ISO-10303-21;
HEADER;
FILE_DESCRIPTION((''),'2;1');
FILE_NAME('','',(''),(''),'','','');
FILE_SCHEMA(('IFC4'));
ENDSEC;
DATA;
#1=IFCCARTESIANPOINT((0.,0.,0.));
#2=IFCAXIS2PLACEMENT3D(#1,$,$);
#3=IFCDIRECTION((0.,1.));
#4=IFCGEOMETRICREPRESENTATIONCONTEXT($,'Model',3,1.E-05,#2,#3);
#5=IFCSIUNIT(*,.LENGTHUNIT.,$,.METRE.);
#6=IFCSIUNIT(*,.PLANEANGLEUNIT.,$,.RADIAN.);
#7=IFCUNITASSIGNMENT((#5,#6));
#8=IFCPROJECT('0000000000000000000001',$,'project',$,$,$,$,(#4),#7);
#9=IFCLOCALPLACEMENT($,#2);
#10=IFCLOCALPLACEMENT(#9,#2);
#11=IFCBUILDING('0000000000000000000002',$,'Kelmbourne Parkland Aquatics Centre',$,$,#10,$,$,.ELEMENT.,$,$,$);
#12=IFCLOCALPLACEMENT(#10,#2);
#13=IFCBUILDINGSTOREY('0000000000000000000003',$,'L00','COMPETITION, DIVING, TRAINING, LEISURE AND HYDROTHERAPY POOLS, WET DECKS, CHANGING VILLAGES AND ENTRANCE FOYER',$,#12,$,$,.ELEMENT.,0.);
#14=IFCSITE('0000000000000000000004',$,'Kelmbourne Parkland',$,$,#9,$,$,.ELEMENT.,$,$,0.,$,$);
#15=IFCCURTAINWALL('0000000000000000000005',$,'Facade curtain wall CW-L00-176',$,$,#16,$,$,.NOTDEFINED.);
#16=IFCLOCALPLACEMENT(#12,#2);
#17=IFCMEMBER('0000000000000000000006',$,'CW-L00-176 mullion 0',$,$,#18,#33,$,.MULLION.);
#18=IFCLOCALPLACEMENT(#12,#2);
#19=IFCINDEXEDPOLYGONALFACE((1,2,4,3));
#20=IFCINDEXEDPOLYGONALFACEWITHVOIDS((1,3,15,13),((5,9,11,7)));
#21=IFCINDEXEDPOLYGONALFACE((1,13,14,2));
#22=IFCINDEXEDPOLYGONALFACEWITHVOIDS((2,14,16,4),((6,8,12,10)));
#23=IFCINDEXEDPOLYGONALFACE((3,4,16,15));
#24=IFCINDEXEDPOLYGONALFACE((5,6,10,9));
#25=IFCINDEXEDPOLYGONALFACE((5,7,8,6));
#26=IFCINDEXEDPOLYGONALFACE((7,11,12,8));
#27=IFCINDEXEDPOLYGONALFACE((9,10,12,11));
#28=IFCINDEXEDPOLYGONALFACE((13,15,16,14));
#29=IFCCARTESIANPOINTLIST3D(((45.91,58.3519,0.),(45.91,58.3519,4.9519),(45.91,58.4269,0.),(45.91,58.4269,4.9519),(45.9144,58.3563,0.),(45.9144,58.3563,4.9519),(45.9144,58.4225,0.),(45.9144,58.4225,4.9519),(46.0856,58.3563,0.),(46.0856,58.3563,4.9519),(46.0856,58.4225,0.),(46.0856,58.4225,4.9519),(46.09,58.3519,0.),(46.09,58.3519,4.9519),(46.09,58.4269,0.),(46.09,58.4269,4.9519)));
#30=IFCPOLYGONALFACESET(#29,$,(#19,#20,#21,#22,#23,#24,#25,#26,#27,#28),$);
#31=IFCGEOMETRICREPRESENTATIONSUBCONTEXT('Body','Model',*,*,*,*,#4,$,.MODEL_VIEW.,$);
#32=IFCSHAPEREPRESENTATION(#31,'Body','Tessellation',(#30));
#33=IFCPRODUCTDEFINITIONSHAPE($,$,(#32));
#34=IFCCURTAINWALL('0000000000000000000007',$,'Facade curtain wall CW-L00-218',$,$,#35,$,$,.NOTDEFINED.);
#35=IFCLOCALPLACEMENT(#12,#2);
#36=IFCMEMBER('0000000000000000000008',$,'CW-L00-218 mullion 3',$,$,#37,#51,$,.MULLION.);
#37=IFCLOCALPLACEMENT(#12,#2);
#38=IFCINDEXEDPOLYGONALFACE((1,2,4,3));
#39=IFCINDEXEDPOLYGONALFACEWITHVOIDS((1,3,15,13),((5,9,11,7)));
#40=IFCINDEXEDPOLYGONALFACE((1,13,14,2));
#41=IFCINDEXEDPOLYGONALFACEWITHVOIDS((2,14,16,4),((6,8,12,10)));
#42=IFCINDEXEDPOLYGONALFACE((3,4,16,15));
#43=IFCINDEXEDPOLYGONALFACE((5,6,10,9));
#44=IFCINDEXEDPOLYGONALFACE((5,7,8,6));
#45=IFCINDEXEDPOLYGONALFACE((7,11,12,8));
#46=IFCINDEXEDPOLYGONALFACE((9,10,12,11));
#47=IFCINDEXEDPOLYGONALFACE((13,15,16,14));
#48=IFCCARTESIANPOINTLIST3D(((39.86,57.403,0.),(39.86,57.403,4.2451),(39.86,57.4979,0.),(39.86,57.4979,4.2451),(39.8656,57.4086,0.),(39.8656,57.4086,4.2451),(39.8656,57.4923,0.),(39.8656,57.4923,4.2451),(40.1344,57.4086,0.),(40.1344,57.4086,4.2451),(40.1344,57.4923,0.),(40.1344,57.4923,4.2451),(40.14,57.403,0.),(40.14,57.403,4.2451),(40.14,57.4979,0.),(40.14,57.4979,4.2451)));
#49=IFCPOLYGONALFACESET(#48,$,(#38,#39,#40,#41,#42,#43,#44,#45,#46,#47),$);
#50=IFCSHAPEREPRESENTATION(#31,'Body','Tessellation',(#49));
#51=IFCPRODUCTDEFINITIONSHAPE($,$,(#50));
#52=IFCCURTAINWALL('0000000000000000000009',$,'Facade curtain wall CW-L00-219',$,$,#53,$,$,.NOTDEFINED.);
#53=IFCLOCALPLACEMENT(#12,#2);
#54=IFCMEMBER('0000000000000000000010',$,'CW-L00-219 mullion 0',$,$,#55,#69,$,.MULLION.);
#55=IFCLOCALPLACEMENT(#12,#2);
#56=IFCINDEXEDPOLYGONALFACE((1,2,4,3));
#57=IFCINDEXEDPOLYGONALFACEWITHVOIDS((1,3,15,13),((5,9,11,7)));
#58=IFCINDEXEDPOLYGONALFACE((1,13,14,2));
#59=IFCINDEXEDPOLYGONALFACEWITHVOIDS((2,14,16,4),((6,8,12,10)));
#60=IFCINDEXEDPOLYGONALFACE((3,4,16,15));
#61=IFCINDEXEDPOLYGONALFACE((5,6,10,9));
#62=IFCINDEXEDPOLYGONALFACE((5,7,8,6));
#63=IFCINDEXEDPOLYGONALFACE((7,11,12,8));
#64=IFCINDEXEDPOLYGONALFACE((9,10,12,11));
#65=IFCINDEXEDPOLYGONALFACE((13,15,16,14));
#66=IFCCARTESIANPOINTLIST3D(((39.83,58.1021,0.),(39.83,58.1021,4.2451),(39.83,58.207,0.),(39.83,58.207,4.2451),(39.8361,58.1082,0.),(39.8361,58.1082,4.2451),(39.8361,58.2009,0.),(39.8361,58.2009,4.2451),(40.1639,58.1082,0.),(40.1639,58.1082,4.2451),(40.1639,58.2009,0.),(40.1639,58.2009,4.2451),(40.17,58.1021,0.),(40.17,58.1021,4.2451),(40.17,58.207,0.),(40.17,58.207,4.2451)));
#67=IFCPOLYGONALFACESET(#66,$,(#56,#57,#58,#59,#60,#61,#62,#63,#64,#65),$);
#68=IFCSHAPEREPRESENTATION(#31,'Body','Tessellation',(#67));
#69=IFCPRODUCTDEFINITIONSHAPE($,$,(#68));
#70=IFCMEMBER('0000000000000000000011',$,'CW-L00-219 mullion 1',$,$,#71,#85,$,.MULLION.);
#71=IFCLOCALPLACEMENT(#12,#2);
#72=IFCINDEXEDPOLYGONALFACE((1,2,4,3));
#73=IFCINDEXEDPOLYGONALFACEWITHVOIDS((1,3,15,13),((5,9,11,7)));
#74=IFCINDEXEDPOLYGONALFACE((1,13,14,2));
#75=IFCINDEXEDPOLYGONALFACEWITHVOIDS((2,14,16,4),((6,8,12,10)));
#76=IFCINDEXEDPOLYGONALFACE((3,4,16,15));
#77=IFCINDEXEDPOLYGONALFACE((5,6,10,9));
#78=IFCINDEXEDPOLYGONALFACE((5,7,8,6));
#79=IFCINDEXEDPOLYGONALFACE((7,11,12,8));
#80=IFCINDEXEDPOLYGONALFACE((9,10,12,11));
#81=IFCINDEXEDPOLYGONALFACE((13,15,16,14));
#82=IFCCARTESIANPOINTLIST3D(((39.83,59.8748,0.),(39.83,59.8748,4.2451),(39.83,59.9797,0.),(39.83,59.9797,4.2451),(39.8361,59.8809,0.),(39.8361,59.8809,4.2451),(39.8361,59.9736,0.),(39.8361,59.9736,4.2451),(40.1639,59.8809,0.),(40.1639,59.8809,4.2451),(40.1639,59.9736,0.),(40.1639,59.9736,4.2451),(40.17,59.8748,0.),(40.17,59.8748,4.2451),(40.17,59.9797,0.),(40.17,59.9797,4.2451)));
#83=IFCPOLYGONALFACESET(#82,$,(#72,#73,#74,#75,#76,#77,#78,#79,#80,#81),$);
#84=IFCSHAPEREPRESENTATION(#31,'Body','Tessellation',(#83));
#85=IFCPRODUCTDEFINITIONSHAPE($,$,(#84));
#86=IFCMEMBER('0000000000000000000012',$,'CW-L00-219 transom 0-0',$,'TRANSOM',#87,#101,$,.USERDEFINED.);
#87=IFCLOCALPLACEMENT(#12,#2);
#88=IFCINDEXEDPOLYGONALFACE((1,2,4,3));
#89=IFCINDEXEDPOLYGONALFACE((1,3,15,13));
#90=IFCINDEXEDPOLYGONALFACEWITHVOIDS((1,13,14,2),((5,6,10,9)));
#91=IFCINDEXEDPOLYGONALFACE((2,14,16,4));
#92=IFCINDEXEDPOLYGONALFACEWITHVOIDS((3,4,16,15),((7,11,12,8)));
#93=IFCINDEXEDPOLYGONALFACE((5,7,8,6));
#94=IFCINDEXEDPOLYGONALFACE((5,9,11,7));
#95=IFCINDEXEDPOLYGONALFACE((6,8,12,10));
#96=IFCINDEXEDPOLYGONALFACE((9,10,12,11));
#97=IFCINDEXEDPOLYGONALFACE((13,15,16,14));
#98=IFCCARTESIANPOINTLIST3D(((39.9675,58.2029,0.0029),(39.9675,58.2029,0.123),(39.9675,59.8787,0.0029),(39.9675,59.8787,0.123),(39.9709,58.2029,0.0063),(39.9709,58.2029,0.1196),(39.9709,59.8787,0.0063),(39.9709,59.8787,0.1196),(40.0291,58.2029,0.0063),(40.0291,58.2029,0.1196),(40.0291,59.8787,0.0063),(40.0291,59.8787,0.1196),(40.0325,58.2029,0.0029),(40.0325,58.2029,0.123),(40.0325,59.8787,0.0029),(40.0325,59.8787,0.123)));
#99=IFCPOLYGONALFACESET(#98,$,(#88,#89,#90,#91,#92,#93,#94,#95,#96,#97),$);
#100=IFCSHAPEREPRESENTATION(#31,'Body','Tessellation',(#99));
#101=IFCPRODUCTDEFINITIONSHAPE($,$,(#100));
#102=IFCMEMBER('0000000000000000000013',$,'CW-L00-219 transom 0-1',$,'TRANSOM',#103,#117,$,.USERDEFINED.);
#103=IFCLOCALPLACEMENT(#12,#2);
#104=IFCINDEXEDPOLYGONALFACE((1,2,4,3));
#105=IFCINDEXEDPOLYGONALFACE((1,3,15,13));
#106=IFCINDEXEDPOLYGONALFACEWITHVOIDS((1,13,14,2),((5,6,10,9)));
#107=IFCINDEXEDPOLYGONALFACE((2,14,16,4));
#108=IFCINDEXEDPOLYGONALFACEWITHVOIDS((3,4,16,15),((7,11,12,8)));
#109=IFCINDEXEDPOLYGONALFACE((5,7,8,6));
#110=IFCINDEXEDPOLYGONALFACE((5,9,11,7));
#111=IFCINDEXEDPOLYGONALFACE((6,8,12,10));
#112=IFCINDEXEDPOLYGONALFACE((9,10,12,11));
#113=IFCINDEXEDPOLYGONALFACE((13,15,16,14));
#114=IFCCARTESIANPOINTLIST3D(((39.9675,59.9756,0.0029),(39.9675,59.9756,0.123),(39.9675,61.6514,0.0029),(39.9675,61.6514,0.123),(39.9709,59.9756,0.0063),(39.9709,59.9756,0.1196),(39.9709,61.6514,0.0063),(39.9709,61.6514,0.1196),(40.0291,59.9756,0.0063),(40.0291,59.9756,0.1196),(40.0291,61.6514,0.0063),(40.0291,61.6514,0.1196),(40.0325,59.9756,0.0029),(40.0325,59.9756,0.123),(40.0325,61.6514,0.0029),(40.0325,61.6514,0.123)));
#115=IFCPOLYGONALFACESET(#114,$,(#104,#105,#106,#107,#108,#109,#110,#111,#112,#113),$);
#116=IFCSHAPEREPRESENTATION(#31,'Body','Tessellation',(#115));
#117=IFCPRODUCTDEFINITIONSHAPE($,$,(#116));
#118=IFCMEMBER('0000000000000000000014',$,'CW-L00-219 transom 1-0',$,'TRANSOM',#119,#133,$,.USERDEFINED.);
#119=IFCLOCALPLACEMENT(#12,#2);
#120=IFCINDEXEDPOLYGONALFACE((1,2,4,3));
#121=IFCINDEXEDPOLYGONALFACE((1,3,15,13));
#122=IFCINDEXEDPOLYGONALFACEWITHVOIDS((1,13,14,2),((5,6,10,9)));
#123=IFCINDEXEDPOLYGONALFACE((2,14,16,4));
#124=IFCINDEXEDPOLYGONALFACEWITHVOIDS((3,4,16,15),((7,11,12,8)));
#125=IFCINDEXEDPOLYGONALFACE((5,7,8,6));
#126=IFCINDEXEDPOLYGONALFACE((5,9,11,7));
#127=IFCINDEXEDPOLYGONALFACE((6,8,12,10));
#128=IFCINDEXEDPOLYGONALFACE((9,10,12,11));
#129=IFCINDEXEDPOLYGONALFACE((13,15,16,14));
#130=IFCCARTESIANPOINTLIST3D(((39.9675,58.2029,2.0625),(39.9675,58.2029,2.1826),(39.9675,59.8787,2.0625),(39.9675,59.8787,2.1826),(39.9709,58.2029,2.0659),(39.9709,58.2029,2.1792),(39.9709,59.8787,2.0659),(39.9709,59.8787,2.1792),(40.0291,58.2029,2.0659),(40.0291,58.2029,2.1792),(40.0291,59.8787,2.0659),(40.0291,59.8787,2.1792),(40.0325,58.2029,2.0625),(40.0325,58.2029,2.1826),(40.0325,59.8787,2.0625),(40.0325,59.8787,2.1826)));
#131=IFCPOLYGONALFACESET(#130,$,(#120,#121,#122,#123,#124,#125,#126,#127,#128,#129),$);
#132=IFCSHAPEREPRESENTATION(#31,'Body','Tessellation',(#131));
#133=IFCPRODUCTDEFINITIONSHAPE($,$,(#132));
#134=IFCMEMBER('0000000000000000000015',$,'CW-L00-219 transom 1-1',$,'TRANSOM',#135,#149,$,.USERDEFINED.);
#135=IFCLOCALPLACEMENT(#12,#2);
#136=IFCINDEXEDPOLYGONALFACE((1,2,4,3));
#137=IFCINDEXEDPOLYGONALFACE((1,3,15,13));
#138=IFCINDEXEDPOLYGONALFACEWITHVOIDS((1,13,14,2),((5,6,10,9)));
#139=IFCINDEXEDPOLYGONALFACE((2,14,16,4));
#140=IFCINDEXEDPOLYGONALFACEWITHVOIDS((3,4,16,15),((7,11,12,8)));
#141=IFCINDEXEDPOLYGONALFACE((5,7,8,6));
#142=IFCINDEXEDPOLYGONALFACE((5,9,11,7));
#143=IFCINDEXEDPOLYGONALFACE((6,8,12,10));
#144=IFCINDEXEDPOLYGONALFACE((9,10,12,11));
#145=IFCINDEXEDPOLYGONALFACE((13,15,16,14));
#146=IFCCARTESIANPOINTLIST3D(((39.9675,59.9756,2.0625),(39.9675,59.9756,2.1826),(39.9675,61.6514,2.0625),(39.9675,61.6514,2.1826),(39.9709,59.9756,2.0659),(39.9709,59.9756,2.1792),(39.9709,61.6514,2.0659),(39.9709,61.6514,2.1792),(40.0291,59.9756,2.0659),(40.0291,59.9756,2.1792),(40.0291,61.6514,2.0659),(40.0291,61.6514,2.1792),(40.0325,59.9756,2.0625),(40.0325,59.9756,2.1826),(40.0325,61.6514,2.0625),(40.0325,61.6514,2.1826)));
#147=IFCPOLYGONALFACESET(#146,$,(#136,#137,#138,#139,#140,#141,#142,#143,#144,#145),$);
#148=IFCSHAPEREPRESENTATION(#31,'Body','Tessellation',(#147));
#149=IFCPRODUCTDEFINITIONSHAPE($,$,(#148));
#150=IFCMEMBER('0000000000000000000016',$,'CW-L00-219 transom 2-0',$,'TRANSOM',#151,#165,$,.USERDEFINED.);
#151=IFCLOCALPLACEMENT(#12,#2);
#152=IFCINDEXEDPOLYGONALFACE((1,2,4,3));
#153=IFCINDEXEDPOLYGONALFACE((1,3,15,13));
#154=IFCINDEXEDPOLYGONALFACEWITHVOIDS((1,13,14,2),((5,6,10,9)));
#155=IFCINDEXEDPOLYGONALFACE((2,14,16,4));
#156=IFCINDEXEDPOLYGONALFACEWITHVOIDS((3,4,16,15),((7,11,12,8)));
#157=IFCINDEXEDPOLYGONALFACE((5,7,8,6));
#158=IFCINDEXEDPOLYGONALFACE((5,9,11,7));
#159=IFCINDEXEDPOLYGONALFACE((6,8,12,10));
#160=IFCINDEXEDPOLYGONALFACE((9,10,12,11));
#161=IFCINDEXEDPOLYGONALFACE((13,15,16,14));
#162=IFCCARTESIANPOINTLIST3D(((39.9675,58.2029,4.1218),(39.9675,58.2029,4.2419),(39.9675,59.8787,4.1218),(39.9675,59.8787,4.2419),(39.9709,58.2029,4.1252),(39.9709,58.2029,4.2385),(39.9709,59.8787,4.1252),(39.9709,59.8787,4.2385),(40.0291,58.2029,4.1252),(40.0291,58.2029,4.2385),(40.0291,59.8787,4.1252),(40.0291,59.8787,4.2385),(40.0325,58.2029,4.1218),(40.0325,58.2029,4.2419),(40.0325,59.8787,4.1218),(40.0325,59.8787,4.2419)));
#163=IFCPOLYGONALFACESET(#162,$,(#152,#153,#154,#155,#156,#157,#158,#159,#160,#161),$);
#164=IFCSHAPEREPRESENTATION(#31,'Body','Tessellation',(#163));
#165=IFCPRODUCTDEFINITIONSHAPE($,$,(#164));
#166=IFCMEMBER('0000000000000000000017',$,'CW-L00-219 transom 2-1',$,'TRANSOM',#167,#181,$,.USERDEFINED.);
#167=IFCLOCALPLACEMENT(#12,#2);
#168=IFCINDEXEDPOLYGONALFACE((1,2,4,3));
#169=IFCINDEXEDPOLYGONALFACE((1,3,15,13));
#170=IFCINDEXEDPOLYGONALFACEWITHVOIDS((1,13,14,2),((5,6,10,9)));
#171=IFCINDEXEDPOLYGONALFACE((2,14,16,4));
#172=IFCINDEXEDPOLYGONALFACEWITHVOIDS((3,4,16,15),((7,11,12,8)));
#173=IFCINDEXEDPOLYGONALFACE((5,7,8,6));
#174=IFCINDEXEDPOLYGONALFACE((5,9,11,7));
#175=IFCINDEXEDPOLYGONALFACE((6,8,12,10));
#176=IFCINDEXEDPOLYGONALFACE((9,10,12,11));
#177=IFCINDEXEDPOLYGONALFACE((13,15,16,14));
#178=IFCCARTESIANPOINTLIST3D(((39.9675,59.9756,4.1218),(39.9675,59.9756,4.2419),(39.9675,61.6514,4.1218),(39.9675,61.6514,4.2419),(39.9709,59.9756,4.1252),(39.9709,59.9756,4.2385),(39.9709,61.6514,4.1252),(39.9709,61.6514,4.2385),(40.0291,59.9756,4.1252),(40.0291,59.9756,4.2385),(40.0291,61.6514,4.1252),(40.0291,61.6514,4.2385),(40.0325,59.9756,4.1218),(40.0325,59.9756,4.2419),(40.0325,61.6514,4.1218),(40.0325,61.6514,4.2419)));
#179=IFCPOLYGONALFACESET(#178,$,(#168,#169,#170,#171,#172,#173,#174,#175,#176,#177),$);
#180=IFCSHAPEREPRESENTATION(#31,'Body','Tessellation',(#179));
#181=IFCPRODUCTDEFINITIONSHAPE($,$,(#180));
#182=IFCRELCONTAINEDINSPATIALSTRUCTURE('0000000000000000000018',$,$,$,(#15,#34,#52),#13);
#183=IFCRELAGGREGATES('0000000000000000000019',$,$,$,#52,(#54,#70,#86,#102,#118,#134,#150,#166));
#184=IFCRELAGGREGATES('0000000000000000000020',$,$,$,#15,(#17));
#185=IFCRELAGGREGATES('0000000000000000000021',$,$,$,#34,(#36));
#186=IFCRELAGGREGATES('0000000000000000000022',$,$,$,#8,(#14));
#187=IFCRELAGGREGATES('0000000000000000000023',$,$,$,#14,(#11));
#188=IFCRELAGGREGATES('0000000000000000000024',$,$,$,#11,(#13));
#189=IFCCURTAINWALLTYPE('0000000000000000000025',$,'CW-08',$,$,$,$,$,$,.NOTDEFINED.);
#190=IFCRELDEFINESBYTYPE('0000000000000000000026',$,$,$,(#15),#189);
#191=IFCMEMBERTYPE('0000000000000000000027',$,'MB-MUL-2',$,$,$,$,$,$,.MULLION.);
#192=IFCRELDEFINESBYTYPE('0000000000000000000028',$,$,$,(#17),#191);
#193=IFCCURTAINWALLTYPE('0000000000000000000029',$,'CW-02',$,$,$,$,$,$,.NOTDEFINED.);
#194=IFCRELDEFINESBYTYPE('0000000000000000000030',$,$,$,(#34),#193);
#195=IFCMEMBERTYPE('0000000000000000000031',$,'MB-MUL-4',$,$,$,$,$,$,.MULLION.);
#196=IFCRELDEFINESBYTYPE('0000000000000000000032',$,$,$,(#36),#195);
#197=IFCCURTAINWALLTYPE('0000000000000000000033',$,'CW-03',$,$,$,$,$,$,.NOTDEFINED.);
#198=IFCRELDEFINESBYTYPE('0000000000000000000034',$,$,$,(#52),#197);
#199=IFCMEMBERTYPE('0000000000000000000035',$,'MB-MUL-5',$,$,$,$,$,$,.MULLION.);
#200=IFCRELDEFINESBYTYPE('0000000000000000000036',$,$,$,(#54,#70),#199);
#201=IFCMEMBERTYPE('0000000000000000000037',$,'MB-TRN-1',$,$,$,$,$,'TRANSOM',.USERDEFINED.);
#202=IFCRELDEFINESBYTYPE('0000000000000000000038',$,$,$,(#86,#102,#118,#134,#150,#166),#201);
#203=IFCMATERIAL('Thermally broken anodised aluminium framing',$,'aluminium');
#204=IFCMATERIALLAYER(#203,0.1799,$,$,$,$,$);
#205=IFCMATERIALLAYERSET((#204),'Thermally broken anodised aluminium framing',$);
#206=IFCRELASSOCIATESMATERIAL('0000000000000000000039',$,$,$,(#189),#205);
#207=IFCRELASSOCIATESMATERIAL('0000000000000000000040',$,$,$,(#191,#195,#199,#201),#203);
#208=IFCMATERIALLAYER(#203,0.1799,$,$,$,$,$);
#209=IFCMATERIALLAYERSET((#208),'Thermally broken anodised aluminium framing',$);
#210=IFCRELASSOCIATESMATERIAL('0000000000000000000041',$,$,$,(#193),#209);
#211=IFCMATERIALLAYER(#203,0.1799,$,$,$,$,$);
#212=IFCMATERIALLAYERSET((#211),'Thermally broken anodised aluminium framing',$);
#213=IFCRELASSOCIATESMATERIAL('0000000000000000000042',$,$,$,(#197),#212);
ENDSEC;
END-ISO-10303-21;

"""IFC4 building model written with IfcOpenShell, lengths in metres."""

from ifc_helpers import new_model, si_unit, direction, frame, origin, origin_2d, place, context, subcontext, project, spatial, hollow_rectangle, extrude, material, layer, layer_set, material_profile, profile_set, type_object, element, aggregate, save


model = new_model("IFC4")

# Units and contexts
model_context = context("Model", 3, precision=1e-05, world=origin(), true_north=direction((0.0, 1.0)))
body_context = subcontext(model_context, "Body", "Model", "MODEL_VIEW")
ifc_project = project(units=[si_unit("LENGTHUNIT", "METRE"), si_unit("PLANEANGLEUNIT", "RADIAN")], contexts=[model_context])

# Site, building, storey
site_placement = place(None, origin())
site = spatial("IfcSite", under=ifc_project, at=site_placement, Name="Kelmbourne Parkland", CompositionType="ELEMENT", RefElevation=0.0)
building_placement = place(site_placement, origin())
building = spatial("IfcBuilding", under=site, at=building_placement, Name="Kelmbourne Parkland Aquatics Centre", CompositionType="ELEMENT")
storey_placement = place(building_placement, origin())
storey = spatial("IfcBuildingStorey", under=building, at=storey_placement, Name="L00", Description="COMPETITION, DIVING, TRAINING, LEISURE AND HYDROTHERAPY POOLS, WET DECKS, CHANGING VILLAGES AND ENTRANCE FOYER", CompositionType="ELEMENT", Elevation=0.0)

# Curtain walls, members
ifc_material_1 = material(Name="Thermally broken anodised aluminium framing", Category="aluminium")
ifc_layer_1 = layer(ifc_material_1, 0.1799)
ifc_layer_set_1 = layer_set([ifc_layer_1], Name="Thermally broken anodised aluminium framing")
curtain_wall_type_1 = type_object("IfcCurtainWallType", Name="CW-08", PredefinedType="NOTDEFINED", material=ifc_layer_set_1)
curtain_wall_1_placement = place(storey_placement, origin())
curtain_wall_1 = element("IfcCurtainWall", 1, at=curtain_wall_1_placement, inside=storey, type_object=curtain_wall_type_1, Name="Facade curtain wall CW-L00-176", PredefinedType="NOTDEFINED")
ifc_material_profile_1 = material_profile(ifc_material_1, hollow_rectangle(XDim=0.075, YDim=0.1799, WallThickness=0.0044, at=origin_2d()), Name="CW-M 75x180")
ifc_profile_set_1 = profile_set([ifc_material_profile_1], Name="Thermally broken anodised aluminium framing")
member_type_1 = type_object("IfcMemberType", Name="MB-MUL-2", PredefinedType="MULLION", material=ifc_profile_set_1)
member_1_placement = place(storey_placement, frame((46.0, 58.3894, 0.0), z_axis=(0.0, 0.0, 1.0), x_axis=(0.0, 1.0, 0.0)))
member_1 = element("IfcMember", 2, at=member_1_placement, type_object=member_type_1, Name="CW-L00-176 mullion 0", PredefinedType="MULLION", context=body_context, shape_type="SweptSolid", body=[
    extrude(hollow_rectangle(XDim=0.075, YDim=0.1799, WallThickness=0.0044, at=origin_2d()), origin(), (0.0, 0.0, 1.0), 4.9519),
])
ifc_layer_2 = layer(ifc_material_1, 0.1799)
ifc_layer_set_2 = layer_set([ifc_layer_2], Name="Thermally broken anodised aluminium framing")
curtain_wall_type_2 = type_object("IfcCurtainWallType", Name="CW-02", PredefinedType="NOTDEFINED", material=ifc_layer_set_2)
curtain_wall_2_placement = place(storey_placement, origin())
curtain_wall_2 = element("IfcCurtainWall", 3, at=curtain_wall_2_placement, inside=storey, type_object=curtain_wall_type_2, Name="Facade curtain wall CW-L00-218", PredefinedType="NOTDEFINED")
ifc_material_profile_2 = material_profile(ifc_material_1, hollow_rectangle(XDim=0.095, YDim=0.28, WallThickness=0.0056, at=origin_2d()), Name="CW-M 95x280")
ifc_profile_set_2 = profile_set([ifc_material_profile_2], Name="Thermally broken anodised aluminium framing")
member_type_2 = type_object("IfcMemberType", Name="MB-MUL-4", PredefinedType="MULLION", material=ifc_profile_set_2)
member_2_placement = place(storey_placement, frame((40.0, 57.4504, 0.0), z_axis=(0.0, 0.0, 1.0), x_axis=(0.0, 1.0, 0.0)))
member_2 = element("IfcMember", 4, at=member_2_placement, type_object=member_type_2, Name="CW-L00-218 mullion 3", PredefinedType="MULLION", context=body_context, shape_type="SweptSolid", body=[
    extrude(hollow_rectangle(XDim=0.095, YDim=0.28, WallThickness=0.0056, at=origin_2d()), origin(), (0.0, 0.0, 1.0), 4.2451),
])

# Curtain wall, members
ifc_layer_3 = layer(ifc_material_1, 0.1799)
ifc_layer_set_3 = layer_set([ifc_layer_3], Name="Thermally broken anodised aluminium framing")
curtain_wall_type_3 = type_object("IfcCurtainWallType", Name="CW-03", PredefinedType="NOTDEFINED", material=ifc_layer_set_3)
curtain_wall_3_placement = place(storey_placement, origin())
curtain_wall_3 = element("IfcCurtainWall", 5, at=curtain_wall_3_placement, inside=storey, type_object=curtain_wall_type_3, Name="Facade curtain wall CW-L00-219", PredefinedType="NOTDEFINED")
ifc_material_profile_3 = material_profile(ifc_material_1, hollow_rectangle(XDim=0.105, YDim=0.3401, WallThickness=0.0061, at=origin_2d()), Name="CW-M 105x340")
ifc_profile_set_3 = profile_set([ifc_material_profile_3], Name="Thermally broken anodised aluminium framing")
member_type_3 = type_object("IfcMemberType", Name="MB-MUL-5", PredefinedType="MULLION", material=ifc_profile_set_3)
member_3_placement = place(storey_placement, frame((40.0, 58.1545, 0.0), z_axis=(0.0, 0.0, 1.0), x_axis=(0.0, 1.0, 0.0)))
member_3 = element("IfcMember", 6, at=member_3_placement, type_object=member_type_3, Name="CW-L00-219 mullion 0", PredefinedType="MULLION", context=body_context, shape_type="SweptSolid", body=[
    extrude(hollow_rectangle(XDim=0.105, YDim=0.3401, WallThickness=0.0061, at=origin_2d()), origin(), (0.0, 0.0, 1.0), 4.2451),
])
member_4_placement = place(storey_placement, frame((40.0, 59.9272, 0.0), z_axis=(0.0, 0.0, 1.0), x_axis=(0.0, 1.0, 0.0)))
member_4 = element("IfcMember", 7, at=member_4_placement, type_object=member_type_3, Name="CW-L00-219 mullion 1", PredefinedType="MULLION", context=body_context, shape_type="SweptSolid", body=[
    extrude(hollow_rectangle(XDim=0.105, YDim=0.3401, WallThickness=0.0061, at=origin_2d()), origin(), (0.0, 0.0, 1.0), 4.2451),
])
ifc_material_profile_4 = material_profile(ifc_material_1, hollow_rectangle(XDim=0.0649, YDim=0.1201, WallThickness=0.0034, at=origin_2d()), Name="CW-T 65x120")
ifc_profile_set_4 = profile_set([ifc_material_profile_4], Name="Thermally broken anodised aluminium framing")
member_type_4 = type_object("IfcMemberType", Name="MB-TRN-1", ElementType="TRANSOM", PredefinedType="USERDEFINED", material=ifc_profile_set_4)
member_5_placement = place(storey_placement, frame((40.0, 58.2029, 0.063), z_axis=(0.0, 1.0, 0.0), x_axis=(-1.0, 0.0, 0.0)))
member_5 = element("IfcMember", 8, at=member_5_placement, type_object=member_type_4, Name="CW-L00-219 transom 0-0", ObjectType="TRANSOM", PredefinedType="USERDEFINED", context=body_context, shape_type="SweptSolid", body=[
    extrude(hollow_rectangle(XDim=0.0649, YDim=0.1201, WallThickness=0.0034, at=origin_2d()), origin(), (0.0, 0.0, 1.0), 1.6758),
])
member_6_placement = place(storey_placement, frame((40.0, 59.9756, 0.063), z_axis=(0.0, 1.0, 0.0), x_axis=(-1.0, 0.0, 0.0)))
member_6 = element("IfcMember", 9, at=member_6_placement, type_object=member_type_4, Name="CW-L00-219 transom 0-1", ObjectType="TRANSOM", PredefinedType="USERDEFINED", context=body_context, shape_type="SweptSolid", body=[
    extrude(hollow_rectangle(XDim=0.0649, YDim=0.1201, WallThickness=0.0034, at=origin_2d()), origin(), (0.0, 0.0, 1.0), 1.6758),
])
member_7_placement = place(storey_placement, frame((40.0, 58.2029, 2.1226), z_axis=(0.0, 1.0, 0.0), x_axis=(-1.0, 0.0, 0.0)))
member_7 = element("IfcMember", 10, at=member_7_placement, type_object=member_type_4, Name="CW-L00-219 transom 1-0", ObjectType="TRANSOM", PredefinedType="USERDEFINED", context=body_context, shape_type="SweptSolid", body=[
    extrude(hollow_rectangle(XDim=0.0649, YDim=0.1201, WallThickness=0.0034, at=origin_2d()), origin(), (0.0, 0.0, 1.0), 1.6758),
])
member_8_placement = place(storey_placement, frame((40.0, 59.9756, 2.1226), z_axis=(0.0, 1.0, 0.0), x_axis=(-1.0, 0.0, 0.0)))
member_8 = element("IfcMember", 11, at=member_8_placement, type_object=member_type_4, Name="CW-L00-219 transom 1-1", ObjectType="TRANSOM", PredefinedType="USERDEFINED", context=body_context, shape_type="SweptSolid", body=[
    extrude(hollow_rectangle(XDim=0.0649, YDim=0.1201, WallThickness=0.0034, at=origin_2d()), origin(), (0.0, 0.0, 1.0), 1.6758),
])
member_9_placement = place(storey_placement, frame((40.0, 58.2029, 4.1819), z_axis=(0.0, 1.0, 0.0), x_axis=(-1.0, 0.0, 0.0)))
member_9 = element("IfcMember", 12, at=member_9_placement, type_object=member_type_4, Name="CW-L00-219 transom 2-0", ObjectType="TRANSOM", PredefinedType="USERDEFINED", context=body_context, shape_type="SweptSolid", body=[
    extrude(hollow_rectangle(XDim=0.0649, YDim=0.1201, WallThickness=0.0034, at=origin_2d()), origin(), (0.0, 0.0, 1.0), 1.6758),
])
member_10_placement = place(storey_placement, frame((40.0, 59.9756, 4.1819), z_axis=(0.0, 1.0, 0.0), x_axis=(-1.0, 0.0, 0.0)))
member_10 = element("IfcMember", 13, at=member_10_placement, type_object=member_type_4, Name="CW-L00-219 transom 2-1", ObjectType="TRANSOM", PredefinedType="USERDEFINED", context=body_context, shape_type="SweptSolid", body=[
    extrude(hollow_rectangle(XDim=0.0649, YDim=0.1201, WallThickness=0.0034, at=origin_2d()), origin(), (0.0, 0.0, 1.0), 1.6758),
])

aggregate(curtain_wall_3, [member_3, member_4, member_5, member_6, member_7, member_8, member_9, member_10])
aggregate(curtain_wall_1, [member_1])
aggregate(curtain_wall_2, [member_2])

save(model, "model.ifc")
